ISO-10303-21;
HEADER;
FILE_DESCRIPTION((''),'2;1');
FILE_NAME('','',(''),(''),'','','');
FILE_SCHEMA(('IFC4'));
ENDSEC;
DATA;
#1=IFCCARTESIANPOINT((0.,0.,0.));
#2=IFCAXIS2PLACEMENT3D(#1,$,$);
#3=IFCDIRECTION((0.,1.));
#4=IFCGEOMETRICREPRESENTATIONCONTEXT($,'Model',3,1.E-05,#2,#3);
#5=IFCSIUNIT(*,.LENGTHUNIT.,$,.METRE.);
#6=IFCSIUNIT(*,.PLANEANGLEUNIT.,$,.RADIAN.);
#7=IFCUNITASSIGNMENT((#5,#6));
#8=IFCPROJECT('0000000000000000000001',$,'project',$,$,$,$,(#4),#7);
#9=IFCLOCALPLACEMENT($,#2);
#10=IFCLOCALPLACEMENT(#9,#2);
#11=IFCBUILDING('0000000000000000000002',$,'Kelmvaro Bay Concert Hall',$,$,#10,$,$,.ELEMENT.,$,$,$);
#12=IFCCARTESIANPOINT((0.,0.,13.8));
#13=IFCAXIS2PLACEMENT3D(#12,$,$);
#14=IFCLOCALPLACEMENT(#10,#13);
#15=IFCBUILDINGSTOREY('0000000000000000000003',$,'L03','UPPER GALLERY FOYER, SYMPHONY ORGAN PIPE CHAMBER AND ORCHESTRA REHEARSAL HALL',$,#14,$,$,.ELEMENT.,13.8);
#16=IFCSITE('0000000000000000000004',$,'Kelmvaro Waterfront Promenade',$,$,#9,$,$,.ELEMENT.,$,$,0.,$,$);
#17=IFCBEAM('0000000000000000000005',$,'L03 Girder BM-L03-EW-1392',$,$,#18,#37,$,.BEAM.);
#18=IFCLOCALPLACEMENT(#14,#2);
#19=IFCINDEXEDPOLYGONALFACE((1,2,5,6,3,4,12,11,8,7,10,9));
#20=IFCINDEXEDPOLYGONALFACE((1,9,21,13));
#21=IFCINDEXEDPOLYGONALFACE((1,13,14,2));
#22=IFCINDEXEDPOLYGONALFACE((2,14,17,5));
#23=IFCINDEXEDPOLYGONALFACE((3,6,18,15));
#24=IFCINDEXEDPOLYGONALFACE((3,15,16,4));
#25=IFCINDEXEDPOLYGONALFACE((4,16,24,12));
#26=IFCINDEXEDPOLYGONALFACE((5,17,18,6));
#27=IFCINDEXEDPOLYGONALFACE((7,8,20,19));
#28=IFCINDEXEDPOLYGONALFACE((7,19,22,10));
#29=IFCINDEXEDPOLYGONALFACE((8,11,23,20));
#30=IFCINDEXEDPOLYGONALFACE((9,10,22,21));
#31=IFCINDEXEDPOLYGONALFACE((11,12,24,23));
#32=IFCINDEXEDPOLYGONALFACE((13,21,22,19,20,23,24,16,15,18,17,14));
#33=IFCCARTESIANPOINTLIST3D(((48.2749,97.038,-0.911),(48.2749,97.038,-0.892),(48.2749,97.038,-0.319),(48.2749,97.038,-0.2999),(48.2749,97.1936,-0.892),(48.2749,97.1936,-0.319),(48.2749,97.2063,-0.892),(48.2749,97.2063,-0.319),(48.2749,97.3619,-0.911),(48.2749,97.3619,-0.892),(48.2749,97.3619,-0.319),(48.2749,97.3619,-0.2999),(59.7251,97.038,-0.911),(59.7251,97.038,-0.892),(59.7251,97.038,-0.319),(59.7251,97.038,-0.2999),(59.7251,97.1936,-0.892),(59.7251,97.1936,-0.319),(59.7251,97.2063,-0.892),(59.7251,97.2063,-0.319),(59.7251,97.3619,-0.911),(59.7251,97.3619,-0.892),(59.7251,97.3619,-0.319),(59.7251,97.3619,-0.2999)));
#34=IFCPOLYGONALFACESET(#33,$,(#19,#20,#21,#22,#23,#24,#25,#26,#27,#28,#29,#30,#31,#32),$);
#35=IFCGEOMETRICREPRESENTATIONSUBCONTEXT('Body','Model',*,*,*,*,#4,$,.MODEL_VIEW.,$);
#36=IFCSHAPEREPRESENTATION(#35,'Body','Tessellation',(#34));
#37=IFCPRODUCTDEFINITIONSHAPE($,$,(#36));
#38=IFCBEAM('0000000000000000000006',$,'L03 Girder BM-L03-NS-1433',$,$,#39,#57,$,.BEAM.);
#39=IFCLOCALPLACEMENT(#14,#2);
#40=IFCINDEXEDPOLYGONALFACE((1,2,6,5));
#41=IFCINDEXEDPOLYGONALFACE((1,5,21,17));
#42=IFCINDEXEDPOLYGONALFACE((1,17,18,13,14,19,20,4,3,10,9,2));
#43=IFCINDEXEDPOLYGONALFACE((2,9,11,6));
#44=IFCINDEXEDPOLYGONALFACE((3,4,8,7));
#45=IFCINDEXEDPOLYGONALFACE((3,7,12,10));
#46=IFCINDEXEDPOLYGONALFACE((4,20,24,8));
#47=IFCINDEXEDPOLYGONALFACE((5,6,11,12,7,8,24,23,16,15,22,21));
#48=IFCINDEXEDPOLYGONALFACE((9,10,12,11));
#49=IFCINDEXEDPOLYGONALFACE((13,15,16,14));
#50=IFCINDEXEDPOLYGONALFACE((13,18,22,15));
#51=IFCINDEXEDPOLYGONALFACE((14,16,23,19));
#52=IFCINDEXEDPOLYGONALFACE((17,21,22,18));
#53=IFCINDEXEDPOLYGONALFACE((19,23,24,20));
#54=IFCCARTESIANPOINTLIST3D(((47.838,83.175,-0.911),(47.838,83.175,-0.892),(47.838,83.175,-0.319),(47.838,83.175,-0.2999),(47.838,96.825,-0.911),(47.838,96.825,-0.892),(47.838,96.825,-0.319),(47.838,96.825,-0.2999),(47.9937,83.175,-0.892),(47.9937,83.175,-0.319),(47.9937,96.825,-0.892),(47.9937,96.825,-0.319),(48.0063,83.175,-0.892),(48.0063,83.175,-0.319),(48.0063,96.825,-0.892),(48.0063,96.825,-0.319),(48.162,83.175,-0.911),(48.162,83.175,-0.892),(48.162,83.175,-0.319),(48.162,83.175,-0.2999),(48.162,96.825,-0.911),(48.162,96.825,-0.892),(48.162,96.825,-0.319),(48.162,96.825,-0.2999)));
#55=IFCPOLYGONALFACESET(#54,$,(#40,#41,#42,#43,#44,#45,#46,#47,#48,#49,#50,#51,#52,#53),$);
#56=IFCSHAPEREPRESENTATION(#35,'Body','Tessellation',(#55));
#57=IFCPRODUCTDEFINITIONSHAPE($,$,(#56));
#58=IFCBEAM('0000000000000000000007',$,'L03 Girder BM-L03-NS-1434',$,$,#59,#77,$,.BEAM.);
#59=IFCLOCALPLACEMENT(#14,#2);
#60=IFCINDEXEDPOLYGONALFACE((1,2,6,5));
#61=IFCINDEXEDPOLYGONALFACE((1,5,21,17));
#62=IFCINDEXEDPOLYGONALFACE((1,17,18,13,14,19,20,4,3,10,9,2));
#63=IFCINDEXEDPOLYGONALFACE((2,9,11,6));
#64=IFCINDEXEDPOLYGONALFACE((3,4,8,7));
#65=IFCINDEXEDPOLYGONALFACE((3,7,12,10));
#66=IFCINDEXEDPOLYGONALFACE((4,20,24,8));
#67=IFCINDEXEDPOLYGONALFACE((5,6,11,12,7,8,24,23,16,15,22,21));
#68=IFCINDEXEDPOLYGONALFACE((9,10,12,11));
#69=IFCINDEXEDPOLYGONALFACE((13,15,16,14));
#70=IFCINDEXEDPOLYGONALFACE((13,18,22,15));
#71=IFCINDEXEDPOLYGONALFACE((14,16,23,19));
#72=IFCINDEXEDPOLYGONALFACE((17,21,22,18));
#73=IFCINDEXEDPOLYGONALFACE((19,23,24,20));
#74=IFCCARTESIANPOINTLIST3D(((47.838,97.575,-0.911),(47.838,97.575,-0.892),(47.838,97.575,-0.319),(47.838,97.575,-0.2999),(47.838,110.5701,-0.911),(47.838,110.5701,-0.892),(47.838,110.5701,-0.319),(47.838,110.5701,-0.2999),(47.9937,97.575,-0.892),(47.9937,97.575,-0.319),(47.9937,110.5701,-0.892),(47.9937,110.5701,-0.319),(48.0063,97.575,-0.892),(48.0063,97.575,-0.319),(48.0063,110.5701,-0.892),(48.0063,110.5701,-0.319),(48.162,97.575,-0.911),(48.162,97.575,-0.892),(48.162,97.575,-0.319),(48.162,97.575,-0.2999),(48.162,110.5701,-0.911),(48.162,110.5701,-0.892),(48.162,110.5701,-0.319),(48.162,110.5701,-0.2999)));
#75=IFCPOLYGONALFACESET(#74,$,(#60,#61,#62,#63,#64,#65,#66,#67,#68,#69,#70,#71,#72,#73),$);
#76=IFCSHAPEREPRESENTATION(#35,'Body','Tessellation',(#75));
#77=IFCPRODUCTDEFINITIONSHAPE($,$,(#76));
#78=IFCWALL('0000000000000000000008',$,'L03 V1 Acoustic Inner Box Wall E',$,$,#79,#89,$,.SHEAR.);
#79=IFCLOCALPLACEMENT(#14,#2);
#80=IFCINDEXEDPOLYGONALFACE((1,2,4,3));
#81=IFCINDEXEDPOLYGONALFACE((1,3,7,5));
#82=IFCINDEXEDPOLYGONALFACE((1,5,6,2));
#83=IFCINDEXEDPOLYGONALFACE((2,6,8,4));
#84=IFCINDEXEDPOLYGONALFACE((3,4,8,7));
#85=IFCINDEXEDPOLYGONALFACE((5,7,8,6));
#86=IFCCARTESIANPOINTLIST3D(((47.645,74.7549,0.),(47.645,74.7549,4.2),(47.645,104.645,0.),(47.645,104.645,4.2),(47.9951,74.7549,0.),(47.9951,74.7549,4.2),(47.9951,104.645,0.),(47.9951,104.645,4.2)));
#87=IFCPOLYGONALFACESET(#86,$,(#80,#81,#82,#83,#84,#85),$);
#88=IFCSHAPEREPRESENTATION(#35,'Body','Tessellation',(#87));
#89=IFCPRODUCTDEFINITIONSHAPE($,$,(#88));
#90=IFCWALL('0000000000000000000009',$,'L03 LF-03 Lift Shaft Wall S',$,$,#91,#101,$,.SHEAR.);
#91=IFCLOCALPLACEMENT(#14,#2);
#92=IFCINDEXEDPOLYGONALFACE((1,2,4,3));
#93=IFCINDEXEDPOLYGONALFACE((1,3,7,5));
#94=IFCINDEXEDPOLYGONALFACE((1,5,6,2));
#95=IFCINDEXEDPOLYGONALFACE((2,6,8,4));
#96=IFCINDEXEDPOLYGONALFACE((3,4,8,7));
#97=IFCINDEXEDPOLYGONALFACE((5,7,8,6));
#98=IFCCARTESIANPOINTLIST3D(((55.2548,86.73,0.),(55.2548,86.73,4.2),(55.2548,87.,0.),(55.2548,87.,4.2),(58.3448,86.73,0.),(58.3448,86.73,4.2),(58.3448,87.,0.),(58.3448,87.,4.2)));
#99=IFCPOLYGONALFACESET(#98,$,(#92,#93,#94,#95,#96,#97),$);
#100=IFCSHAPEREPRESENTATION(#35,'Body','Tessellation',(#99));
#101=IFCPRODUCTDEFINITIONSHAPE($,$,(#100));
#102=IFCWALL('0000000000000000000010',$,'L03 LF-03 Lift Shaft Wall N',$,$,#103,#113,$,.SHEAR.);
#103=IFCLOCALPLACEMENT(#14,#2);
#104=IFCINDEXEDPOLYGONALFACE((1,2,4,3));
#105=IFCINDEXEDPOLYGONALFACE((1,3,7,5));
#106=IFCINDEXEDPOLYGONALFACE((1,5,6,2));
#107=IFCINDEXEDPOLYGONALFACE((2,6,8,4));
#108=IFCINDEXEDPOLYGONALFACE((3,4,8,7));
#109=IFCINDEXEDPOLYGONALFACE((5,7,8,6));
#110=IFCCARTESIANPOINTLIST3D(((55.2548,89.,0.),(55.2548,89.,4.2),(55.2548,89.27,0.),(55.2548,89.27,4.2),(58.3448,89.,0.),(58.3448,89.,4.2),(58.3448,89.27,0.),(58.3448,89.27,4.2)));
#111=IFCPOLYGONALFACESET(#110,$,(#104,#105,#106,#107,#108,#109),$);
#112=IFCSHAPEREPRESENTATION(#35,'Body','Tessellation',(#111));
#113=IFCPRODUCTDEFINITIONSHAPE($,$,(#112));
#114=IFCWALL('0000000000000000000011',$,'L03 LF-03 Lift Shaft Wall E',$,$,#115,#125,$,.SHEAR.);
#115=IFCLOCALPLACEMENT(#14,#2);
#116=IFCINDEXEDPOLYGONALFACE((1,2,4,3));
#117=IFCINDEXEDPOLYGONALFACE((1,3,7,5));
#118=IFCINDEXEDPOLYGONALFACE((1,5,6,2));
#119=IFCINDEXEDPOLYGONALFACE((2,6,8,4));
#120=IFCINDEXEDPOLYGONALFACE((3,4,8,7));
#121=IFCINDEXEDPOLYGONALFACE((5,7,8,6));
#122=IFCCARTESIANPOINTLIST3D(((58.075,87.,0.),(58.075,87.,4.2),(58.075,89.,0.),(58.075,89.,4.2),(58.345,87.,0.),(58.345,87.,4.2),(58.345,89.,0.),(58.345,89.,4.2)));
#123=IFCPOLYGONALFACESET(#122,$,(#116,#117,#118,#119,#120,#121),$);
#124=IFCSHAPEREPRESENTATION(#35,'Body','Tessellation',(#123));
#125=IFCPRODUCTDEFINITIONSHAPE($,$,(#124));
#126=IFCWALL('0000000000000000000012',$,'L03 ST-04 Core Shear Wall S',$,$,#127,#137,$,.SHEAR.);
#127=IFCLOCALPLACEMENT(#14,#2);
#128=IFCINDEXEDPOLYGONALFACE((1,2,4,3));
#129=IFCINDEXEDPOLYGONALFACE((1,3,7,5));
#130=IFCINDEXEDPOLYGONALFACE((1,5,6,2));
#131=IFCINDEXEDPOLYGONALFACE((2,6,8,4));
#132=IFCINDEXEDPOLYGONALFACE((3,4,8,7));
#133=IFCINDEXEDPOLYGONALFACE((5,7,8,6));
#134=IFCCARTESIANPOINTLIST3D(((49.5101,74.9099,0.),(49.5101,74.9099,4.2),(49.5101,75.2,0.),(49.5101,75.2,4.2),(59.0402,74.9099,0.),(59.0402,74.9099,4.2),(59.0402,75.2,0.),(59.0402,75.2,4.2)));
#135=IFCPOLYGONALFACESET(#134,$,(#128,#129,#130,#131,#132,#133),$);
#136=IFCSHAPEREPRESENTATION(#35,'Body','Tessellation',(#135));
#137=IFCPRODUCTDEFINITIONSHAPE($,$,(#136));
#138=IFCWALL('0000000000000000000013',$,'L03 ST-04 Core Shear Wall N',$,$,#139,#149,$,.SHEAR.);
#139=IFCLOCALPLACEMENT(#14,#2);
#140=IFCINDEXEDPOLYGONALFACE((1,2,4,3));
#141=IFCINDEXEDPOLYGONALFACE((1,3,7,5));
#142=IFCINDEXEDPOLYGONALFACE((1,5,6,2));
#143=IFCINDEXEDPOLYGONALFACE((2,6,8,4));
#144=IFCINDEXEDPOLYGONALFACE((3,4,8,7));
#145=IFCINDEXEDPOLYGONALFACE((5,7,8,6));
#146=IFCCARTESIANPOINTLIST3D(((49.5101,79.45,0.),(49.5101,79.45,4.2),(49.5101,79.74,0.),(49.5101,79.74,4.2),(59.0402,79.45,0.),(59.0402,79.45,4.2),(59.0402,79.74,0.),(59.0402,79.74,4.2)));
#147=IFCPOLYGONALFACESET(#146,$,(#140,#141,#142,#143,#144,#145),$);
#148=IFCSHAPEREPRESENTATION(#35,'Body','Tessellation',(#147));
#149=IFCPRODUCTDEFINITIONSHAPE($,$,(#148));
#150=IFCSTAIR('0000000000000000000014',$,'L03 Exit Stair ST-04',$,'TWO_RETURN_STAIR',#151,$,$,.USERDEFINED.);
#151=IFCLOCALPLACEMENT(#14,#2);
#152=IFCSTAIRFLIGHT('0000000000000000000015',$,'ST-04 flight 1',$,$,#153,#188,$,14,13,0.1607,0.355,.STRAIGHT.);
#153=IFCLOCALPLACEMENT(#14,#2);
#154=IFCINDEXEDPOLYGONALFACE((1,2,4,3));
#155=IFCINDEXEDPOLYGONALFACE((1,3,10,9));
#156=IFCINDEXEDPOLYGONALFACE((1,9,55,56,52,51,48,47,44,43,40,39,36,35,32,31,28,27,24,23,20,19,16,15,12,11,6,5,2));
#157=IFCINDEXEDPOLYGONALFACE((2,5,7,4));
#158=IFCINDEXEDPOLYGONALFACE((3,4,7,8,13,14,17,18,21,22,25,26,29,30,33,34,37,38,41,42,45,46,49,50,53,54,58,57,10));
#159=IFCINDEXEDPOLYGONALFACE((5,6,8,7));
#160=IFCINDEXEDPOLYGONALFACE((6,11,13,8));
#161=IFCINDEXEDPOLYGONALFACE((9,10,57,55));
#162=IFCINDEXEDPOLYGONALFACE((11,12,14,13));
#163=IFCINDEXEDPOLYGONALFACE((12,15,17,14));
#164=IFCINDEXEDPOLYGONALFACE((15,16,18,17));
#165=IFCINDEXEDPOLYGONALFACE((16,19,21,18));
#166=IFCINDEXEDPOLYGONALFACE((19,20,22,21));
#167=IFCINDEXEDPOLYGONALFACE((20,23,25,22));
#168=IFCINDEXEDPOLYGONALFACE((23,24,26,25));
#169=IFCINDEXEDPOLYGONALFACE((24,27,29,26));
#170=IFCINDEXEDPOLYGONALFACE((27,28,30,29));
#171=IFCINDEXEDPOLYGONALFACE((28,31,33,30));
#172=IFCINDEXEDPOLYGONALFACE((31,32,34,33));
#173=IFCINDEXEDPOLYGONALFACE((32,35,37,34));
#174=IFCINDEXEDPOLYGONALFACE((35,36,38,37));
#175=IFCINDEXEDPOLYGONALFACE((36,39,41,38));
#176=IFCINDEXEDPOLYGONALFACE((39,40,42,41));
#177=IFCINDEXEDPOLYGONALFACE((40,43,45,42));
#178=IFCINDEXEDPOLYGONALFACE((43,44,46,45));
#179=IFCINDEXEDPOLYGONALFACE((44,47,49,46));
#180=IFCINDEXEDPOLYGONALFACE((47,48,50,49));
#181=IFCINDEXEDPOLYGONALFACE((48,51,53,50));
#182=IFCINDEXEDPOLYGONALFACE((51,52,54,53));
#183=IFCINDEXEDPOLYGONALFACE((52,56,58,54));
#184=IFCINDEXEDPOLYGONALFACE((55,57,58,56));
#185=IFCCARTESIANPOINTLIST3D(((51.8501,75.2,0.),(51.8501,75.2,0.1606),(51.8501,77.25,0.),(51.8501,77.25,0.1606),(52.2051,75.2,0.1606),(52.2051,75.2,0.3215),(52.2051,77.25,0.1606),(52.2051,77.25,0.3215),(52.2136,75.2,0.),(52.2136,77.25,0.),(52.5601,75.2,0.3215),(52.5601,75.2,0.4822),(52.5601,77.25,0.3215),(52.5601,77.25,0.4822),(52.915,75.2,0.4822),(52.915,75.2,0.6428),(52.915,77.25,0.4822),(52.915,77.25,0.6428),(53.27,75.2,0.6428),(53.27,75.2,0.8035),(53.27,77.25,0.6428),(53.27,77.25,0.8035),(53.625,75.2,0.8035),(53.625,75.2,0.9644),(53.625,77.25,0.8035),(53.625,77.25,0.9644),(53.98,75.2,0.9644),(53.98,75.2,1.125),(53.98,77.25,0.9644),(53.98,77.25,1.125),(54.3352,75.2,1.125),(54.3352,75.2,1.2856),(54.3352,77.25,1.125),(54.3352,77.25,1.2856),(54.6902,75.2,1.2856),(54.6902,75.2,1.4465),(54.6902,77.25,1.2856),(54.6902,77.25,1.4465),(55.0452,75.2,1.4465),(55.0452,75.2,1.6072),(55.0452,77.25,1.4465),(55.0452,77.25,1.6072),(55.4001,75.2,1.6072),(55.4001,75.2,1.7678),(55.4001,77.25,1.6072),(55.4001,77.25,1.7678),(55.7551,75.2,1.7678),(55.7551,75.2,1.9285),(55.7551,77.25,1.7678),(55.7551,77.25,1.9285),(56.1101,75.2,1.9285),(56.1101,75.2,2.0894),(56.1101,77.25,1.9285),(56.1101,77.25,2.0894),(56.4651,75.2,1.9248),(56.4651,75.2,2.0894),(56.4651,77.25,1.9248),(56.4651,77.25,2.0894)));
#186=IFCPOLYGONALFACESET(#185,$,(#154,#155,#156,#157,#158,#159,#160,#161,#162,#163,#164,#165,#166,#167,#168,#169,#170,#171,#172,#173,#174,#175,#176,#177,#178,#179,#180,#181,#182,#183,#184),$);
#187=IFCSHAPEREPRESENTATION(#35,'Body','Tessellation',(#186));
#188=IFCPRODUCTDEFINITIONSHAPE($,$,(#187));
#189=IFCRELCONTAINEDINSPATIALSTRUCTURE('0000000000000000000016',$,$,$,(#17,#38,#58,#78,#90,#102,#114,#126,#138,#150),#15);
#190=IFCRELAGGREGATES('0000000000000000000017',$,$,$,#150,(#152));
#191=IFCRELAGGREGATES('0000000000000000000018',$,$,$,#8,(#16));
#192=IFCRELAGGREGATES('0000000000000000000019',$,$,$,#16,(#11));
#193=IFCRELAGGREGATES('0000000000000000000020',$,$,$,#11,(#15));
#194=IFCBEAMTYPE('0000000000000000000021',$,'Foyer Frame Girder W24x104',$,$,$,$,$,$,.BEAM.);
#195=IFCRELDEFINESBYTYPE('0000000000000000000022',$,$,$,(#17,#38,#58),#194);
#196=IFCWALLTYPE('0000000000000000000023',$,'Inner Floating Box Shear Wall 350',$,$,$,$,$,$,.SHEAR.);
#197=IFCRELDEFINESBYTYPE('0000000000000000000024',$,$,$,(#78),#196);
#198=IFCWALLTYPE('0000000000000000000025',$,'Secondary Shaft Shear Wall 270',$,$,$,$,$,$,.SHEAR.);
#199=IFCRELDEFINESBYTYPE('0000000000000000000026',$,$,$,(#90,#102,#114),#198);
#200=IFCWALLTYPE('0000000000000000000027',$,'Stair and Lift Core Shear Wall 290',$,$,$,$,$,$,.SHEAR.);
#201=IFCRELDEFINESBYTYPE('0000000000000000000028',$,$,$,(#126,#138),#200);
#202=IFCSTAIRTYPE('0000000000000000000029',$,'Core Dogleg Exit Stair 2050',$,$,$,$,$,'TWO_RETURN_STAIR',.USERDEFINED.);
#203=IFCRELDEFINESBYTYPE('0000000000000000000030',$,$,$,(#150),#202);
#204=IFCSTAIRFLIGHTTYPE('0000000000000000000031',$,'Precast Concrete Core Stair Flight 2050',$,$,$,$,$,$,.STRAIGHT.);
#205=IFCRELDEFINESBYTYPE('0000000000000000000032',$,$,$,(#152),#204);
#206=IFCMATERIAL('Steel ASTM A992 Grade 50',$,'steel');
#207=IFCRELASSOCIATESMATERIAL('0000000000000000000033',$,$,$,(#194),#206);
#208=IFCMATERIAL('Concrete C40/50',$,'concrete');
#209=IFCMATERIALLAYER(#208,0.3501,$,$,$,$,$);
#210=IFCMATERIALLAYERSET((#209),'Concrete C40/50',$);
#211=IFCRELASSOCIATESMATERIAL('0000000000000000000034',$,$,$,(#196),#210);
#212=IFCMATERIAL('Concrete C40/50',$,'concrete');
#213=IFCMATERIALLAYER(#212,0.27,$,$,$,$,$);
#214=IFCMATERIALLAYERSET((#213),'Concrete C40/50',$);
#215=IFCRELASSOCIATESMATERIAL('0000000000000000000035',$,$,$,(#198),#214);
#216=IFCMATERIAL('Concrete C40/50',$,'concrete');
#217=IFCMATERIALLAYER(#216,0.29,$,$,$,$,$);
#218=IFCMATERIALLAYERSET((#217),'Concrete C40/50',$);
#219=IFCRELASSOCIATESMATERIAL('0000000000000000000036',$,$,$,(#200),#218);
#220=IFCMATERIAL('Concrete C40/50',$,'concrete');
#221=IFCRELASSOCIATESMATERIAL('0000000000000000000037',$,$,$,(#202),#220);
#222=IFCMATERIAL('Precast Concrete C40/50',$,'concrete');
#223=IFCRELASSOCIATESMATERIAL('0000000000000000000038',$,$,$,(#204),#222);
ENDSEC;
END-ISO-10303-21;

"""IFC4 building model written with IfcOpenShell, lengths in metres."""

from ifc_helpers import new_model, si_unit, direction, frame, frame_2d, origin, origin_2d, place, context, subcontext, project, spatial, polyline, rectangle, i_section, outline, extrude, material, layer, layer_set, material_profile, profile_set, type_object, element, aggregate, save


model = new_model("IFC4")

# Units and contexts
model_context = context("Model", 3, precision=1e-05, world=origin(), true_north=direction((0.0, 1.0)))
body_context = subcontext(model_context, "Body", "Model", "MODEL_VIEW")
ifc_project = project(units=[si_unit("LENGTHUNIT", "METRE"), si_unit("PLANEANGLEUNIT", "RADIAN")], contexts=[model_context])

# Site, building, storey
site_placement = place(None, origin())
site = spatial("IfcSite", under=ifc_project, at=site_placement, Name="Kelmvaro Waterfront Promenade", CompositionType="ELEMENT", RefElevation=0.0)
building_placement = place(site_placement, origin())
building = spatial("IfcBuilding", under=site, at=building_placement, Name="Kelmvaro Bay Concert Hall", CompositionType="ELEMENT")
storey_placement = place(building_placement, frame((0.0, 0.0, 13.8)))
storey = spatial("IfcBuildingStorey", under=building, at=storey_placement, Name="L03", Description="UPPER GALLERY FOYER, SYMPHONY ORGAN PIPE CHAMBER AND ORCHESTRA REHEARSAL HALL", CompositionType="ELEMENT", Elevation=13.8)

# Beams
ifc_material_1 = material(Name="Steel ASTM A992 Grade 50", Category="steel")
ifc_material_profile_1 = material_profile(ifc_material_1, i_section(OverallWidth=0.324, OverallDepth=0.6111, WebThickness=0.0127, FlangeThickness=0.019, at=origin_2d()), Name="W24X104")
ifc_profile_set_1 = profile_set([ifc_material_profile_1], Name="Steel ASTM A992 Grade 50")
beam_type_1 = type_object("IfcBeamType", Name="Foyer Frame Girder W24x104", PredefinedType="BEAM", material=ifc_profile_set_1)
for number, where, z_axis, x_axis, name in (
    (1, (48.2749, 97.2, -0.6055), (1.0, 0.0, 0.0), (0.0, 1.0, 0.0), "L03 Girder BM-L03-EW-1392"),
):
    element("IfcBeam", number, at=place(storey_placement, frame(where, z_axis=z_axis, x_axis=x_axis)), inside=storey, type_object=beam_type_1, Name=name, PredefinedType="BEAM", context=body_context, shape_type="SweptSolid", body=[
        extrude(i_section(OverallWidth=0.324, OverallDepth=0.6111, WebThickness=0.0127, FlangeThickness=0.019, at=origin_2d()), origin(), (0.0, 0.0, 1.0), 11.4502),
    ])
beam_1_placement = place(storey_placement, frame((48.0, 83.175, -0.6055), z_axis=(0.0, 1.0, 0.0), x_axis=(-1.0, 0.0, 0.0)))
element("IfcBeam", 2, at=beam_1_placement, inside=storey, type_object=beam_type_1, Name="L03 Girder BM-L03-NS-1433", PredefinedType="BEAM", context=body_context, shape_type="SweptSolid", body=[
    extrude(i_section(OverallWidth=0.324, OverallDepth=0.6111, WebThickness=0.0127, FlangeThickness=0.019, at=origin_2d()), origin(), (0.0, 0.0, 1.0), 13.6499),
])
beam_2_placement = place(storey_placement, frame((48.0, 97.575, -0.6055), z_axis=(0.0, 1.0, 0.0), x_axis=(-1.0, 0.0, 0.0)))
element("IfcBeam", 3, at=beam_2_placement, inside=storey, type_object=beam_type_1, Name="L03 Girder BM-L03-NS-1434", PredefinedType="BEAM", context=body_context, shape_type="SweptSolid", body=[
    extrude(i_section(OverallWidth=0.324, OverallDepth=0.6111, WebThickness=0.0127, FlangeThickness=0.019, at=origin_2d()), origin(), (0.0, 0.0, 1.0), 12.9951),
])

# Walls
ifc_material_2 = material(Name="Concrete C40/50", Category="concrete")
ifc_layer_1 = layer(ifc_material_2, 0.3501)
ifc_layer_set_1 = layer_set([ifc_layer_1], Name="Concrete C40/50")
wall_type_1 = type_object("IfcWallType", Name="Inner Floating Box Shear Wall 350", PredefinedType="SHEAR", material=ifc_layer_set_1)
wall_1_placement = place(storey_placement, frame((47.8201, 74.7549, 0.0), z_axis=(0.0, 0.0, 1.0), x_axis=(0.0, 1.0, 0.0)))
element("IfcWall", 4, at=wall_1_placement, inside=storey, type_object=wall_type_1, Name="L03 V1 Acoustic Inner Box Wall E", PredefinedType="SHEAR", context=body_context, shape_type="SweptSolid", body=[
    extrude(rectangle(XDim=29.8901, YDim=0.3501, at=frame_2d((14.9451, 0.0))), origin(), (0.0, 0.0, 1.0), 4.2),
])
ifc_material_3 = material(Name="Concrete C40/50", Category="concrete")
ifc_layer_2 = layer(ifc_material_3, 0.27)
ifc_layer_set_2 = layer_set([ifc_layer_2], Name="Concrete C40/50")
wall_type_2 = type_object("IfcWallType", Name="Secondary Shaft Shear Wall 270", PredefinedType="SHEAR", material=ifc_layer_set_2)
for number, where, z_axis, x_axis, name in (
    (5, (55.2549, 86.865, 0.0), (0.0, 0.0, 1.0), (1.0, 0.0, 0.0), "L03 LF-03 Lift Shaft Wall S"),
    (6, (55.2549, 89.135, 0.0), (0.0, 0.0, 1.0), (1.0, 0.0, 0.0), "L03 LF-03 Lift Shaft Wall N"),
):
    element("IfcWall", number, at=place(storey_placement, frame(where, z_axis=z_axis, x_axis=x_axis)), inside=storey, type_object=wall_type_2, Name=name, PredefinedType="SHEAR", context=body_context, shape_type="SweptSolid", body=[
        extrude(rectangle(XDim=3.0901, YDim=0.27, at=frame_2d((1.5449, 0.0))), origin(), (0.0, 0.0, 1.0), 4.2),
    ])

# Walls
wall_2_placement = place(storey_placement, frame((58.21, 87.0, 0.0), z_axis=(0.0, 0.0, 1.0), x_axis=(0.0, 1.0, 0.0)))
element("IfcWall", 7, at=wall_2_placement, inside=storey, type_object=wall_type_2, Name="L03 LF-03 Lift Shaft Wall E", PredefinedType="SHEAR", context=body_context, shape_type="SweptSolid", body=[
    extrude(rectangle(XDim=2.0, YDim=0.27, at=frame_2d((1.0, 0.0))), origin(), (0.0, 0.0, 1.0), 4.2),
])
ifc_material_4 = material(Name="Concrete C40/50", Category="concrete")
ifc_layer_3 = layer(ifc_material_4, 0.29)
ifc_layer_set_3 = layer_set([ifc_layer_3], Name="Concrete C40/50")
wall_type_3 = type_object("IfcWallType", Name="Stair and Lift Core Shear Wall 290", PredefinedType="SHEAR", material=ifc_layer_set_3)
for number, where, z_axis, x_axis, name in (
    (8, (49.51, 75.0549, 0.0), (0.0, 0.0, 1.0), (1.0, 0.0, 0.0), "L03 ST-04 Core Shear Wall S"),
    (9, (49.51, 79.595, 0.0), (0.0, 0.0, 1.0), (1.0, 0.0, 0.0), "L03 ST-04 Core Shear Wall N"),
):
    element("IfcWall", number, at=place(storey_placement, frame(where, z_axis=z_axis, x_axis=x_axis)), inside=storey, type_object=wall_type_3, Name=name, PredefinedType="SHEAR", context=body_context, shape_type="SweptSolid", body=[
        extrude(rectangle(XDim=9.53, YDim=0.29, at=frame_2d((4.7651, 0.0))), origin(), (0.0, 0.0, 1.0), 4.2),
    ])

# Stair, stair flight
ifc_material_5 = material(Name="Concrete C40/50", Category="concrete")
stair_type = type_object("IfcStairType", Name="Core Dogleg Exit Stair 2050", ElementType="TWO_RETURN_STAIR", PredefinedType="USERDEFINED", material=ifc_material_5)
stair_placement = place(storey_placement, origin())
stair = element("IfcStair", 10, at=stair_placement, inside=storey, type_object=stair_type, Name="L03 Exit Stair ST-04", ObjectType="TWO_RETURN_STAIR", PredefinedType="USERDEFINED")
ifc_material_6 = material(Name="Precast Concrete C40/50", Category="concrete")
stair_flight_type = type_object("IfcStairFlightType", Name="Precast Concrete Core Stair Flight 2050", PredefinedType="STRAIGHT", material=ifc_material_6)
stair_flight_1_placement = place(storey_placement, frame((51.8501, 76.2251, 0.0), z_axis=(0.0, 0.0, 1.0), x_axis=(1.0, 0.0, 0.0)))
stair_flight_1 = element("IfcStairFlight", 11, at=stair_flight_1_placement, type_object=stair_flight_type, Name="ST-04 flight 1", NumberOfRisers=14, NumberOfTreads=13, PredefinedType="STRAIGHT", RiserHeight=0.1607, TreadLength=0.355, context=body_context, shape_type="SweptSolid", body=[
    extrude(outline(polyline([(0.0, 0.0), (0.0, 0.1606), (0.355, 0.1606), (0.355, 0.3215), (0.71, 0.3215), (0.71, 0.4822), (1.0649, 0.4822), (1.0649, 0.6428), (1.4199, 0.6428), (1.4199, 0.8035), (1.7749, 0.8035), (1.7749, 0.9644), (2.1299, 0.9644), (2.1299, 1.125), (2.4851, 1.125), (2.4851, 1.2856), (2.8401, 1.2856), (2.8401, 1.4465), (3.1951, 1.4465), (3.1951, 1.6072), (3.55, 1.6072), (3.55, 1.7678), (3.905, 1.7678), (3.905, 1.9285), (4.26, 1.9285), (4.26, 2.0894), (4.615, 2.0894), (4.615, 2.25), (4.615, 1.9248), (0.3635, 0.0), (0.0, 0.0)])), frame((0.0, 1.0249, 0.0), z_axis=(0.0, -1.0, 0.0), x_axis=(1.0, 0.0, 0.0)), (0.0, 0.0, 1.0), 2.05),
])
aggregate(stair, [stair_flight_1])

save(model, "model.ifc")
